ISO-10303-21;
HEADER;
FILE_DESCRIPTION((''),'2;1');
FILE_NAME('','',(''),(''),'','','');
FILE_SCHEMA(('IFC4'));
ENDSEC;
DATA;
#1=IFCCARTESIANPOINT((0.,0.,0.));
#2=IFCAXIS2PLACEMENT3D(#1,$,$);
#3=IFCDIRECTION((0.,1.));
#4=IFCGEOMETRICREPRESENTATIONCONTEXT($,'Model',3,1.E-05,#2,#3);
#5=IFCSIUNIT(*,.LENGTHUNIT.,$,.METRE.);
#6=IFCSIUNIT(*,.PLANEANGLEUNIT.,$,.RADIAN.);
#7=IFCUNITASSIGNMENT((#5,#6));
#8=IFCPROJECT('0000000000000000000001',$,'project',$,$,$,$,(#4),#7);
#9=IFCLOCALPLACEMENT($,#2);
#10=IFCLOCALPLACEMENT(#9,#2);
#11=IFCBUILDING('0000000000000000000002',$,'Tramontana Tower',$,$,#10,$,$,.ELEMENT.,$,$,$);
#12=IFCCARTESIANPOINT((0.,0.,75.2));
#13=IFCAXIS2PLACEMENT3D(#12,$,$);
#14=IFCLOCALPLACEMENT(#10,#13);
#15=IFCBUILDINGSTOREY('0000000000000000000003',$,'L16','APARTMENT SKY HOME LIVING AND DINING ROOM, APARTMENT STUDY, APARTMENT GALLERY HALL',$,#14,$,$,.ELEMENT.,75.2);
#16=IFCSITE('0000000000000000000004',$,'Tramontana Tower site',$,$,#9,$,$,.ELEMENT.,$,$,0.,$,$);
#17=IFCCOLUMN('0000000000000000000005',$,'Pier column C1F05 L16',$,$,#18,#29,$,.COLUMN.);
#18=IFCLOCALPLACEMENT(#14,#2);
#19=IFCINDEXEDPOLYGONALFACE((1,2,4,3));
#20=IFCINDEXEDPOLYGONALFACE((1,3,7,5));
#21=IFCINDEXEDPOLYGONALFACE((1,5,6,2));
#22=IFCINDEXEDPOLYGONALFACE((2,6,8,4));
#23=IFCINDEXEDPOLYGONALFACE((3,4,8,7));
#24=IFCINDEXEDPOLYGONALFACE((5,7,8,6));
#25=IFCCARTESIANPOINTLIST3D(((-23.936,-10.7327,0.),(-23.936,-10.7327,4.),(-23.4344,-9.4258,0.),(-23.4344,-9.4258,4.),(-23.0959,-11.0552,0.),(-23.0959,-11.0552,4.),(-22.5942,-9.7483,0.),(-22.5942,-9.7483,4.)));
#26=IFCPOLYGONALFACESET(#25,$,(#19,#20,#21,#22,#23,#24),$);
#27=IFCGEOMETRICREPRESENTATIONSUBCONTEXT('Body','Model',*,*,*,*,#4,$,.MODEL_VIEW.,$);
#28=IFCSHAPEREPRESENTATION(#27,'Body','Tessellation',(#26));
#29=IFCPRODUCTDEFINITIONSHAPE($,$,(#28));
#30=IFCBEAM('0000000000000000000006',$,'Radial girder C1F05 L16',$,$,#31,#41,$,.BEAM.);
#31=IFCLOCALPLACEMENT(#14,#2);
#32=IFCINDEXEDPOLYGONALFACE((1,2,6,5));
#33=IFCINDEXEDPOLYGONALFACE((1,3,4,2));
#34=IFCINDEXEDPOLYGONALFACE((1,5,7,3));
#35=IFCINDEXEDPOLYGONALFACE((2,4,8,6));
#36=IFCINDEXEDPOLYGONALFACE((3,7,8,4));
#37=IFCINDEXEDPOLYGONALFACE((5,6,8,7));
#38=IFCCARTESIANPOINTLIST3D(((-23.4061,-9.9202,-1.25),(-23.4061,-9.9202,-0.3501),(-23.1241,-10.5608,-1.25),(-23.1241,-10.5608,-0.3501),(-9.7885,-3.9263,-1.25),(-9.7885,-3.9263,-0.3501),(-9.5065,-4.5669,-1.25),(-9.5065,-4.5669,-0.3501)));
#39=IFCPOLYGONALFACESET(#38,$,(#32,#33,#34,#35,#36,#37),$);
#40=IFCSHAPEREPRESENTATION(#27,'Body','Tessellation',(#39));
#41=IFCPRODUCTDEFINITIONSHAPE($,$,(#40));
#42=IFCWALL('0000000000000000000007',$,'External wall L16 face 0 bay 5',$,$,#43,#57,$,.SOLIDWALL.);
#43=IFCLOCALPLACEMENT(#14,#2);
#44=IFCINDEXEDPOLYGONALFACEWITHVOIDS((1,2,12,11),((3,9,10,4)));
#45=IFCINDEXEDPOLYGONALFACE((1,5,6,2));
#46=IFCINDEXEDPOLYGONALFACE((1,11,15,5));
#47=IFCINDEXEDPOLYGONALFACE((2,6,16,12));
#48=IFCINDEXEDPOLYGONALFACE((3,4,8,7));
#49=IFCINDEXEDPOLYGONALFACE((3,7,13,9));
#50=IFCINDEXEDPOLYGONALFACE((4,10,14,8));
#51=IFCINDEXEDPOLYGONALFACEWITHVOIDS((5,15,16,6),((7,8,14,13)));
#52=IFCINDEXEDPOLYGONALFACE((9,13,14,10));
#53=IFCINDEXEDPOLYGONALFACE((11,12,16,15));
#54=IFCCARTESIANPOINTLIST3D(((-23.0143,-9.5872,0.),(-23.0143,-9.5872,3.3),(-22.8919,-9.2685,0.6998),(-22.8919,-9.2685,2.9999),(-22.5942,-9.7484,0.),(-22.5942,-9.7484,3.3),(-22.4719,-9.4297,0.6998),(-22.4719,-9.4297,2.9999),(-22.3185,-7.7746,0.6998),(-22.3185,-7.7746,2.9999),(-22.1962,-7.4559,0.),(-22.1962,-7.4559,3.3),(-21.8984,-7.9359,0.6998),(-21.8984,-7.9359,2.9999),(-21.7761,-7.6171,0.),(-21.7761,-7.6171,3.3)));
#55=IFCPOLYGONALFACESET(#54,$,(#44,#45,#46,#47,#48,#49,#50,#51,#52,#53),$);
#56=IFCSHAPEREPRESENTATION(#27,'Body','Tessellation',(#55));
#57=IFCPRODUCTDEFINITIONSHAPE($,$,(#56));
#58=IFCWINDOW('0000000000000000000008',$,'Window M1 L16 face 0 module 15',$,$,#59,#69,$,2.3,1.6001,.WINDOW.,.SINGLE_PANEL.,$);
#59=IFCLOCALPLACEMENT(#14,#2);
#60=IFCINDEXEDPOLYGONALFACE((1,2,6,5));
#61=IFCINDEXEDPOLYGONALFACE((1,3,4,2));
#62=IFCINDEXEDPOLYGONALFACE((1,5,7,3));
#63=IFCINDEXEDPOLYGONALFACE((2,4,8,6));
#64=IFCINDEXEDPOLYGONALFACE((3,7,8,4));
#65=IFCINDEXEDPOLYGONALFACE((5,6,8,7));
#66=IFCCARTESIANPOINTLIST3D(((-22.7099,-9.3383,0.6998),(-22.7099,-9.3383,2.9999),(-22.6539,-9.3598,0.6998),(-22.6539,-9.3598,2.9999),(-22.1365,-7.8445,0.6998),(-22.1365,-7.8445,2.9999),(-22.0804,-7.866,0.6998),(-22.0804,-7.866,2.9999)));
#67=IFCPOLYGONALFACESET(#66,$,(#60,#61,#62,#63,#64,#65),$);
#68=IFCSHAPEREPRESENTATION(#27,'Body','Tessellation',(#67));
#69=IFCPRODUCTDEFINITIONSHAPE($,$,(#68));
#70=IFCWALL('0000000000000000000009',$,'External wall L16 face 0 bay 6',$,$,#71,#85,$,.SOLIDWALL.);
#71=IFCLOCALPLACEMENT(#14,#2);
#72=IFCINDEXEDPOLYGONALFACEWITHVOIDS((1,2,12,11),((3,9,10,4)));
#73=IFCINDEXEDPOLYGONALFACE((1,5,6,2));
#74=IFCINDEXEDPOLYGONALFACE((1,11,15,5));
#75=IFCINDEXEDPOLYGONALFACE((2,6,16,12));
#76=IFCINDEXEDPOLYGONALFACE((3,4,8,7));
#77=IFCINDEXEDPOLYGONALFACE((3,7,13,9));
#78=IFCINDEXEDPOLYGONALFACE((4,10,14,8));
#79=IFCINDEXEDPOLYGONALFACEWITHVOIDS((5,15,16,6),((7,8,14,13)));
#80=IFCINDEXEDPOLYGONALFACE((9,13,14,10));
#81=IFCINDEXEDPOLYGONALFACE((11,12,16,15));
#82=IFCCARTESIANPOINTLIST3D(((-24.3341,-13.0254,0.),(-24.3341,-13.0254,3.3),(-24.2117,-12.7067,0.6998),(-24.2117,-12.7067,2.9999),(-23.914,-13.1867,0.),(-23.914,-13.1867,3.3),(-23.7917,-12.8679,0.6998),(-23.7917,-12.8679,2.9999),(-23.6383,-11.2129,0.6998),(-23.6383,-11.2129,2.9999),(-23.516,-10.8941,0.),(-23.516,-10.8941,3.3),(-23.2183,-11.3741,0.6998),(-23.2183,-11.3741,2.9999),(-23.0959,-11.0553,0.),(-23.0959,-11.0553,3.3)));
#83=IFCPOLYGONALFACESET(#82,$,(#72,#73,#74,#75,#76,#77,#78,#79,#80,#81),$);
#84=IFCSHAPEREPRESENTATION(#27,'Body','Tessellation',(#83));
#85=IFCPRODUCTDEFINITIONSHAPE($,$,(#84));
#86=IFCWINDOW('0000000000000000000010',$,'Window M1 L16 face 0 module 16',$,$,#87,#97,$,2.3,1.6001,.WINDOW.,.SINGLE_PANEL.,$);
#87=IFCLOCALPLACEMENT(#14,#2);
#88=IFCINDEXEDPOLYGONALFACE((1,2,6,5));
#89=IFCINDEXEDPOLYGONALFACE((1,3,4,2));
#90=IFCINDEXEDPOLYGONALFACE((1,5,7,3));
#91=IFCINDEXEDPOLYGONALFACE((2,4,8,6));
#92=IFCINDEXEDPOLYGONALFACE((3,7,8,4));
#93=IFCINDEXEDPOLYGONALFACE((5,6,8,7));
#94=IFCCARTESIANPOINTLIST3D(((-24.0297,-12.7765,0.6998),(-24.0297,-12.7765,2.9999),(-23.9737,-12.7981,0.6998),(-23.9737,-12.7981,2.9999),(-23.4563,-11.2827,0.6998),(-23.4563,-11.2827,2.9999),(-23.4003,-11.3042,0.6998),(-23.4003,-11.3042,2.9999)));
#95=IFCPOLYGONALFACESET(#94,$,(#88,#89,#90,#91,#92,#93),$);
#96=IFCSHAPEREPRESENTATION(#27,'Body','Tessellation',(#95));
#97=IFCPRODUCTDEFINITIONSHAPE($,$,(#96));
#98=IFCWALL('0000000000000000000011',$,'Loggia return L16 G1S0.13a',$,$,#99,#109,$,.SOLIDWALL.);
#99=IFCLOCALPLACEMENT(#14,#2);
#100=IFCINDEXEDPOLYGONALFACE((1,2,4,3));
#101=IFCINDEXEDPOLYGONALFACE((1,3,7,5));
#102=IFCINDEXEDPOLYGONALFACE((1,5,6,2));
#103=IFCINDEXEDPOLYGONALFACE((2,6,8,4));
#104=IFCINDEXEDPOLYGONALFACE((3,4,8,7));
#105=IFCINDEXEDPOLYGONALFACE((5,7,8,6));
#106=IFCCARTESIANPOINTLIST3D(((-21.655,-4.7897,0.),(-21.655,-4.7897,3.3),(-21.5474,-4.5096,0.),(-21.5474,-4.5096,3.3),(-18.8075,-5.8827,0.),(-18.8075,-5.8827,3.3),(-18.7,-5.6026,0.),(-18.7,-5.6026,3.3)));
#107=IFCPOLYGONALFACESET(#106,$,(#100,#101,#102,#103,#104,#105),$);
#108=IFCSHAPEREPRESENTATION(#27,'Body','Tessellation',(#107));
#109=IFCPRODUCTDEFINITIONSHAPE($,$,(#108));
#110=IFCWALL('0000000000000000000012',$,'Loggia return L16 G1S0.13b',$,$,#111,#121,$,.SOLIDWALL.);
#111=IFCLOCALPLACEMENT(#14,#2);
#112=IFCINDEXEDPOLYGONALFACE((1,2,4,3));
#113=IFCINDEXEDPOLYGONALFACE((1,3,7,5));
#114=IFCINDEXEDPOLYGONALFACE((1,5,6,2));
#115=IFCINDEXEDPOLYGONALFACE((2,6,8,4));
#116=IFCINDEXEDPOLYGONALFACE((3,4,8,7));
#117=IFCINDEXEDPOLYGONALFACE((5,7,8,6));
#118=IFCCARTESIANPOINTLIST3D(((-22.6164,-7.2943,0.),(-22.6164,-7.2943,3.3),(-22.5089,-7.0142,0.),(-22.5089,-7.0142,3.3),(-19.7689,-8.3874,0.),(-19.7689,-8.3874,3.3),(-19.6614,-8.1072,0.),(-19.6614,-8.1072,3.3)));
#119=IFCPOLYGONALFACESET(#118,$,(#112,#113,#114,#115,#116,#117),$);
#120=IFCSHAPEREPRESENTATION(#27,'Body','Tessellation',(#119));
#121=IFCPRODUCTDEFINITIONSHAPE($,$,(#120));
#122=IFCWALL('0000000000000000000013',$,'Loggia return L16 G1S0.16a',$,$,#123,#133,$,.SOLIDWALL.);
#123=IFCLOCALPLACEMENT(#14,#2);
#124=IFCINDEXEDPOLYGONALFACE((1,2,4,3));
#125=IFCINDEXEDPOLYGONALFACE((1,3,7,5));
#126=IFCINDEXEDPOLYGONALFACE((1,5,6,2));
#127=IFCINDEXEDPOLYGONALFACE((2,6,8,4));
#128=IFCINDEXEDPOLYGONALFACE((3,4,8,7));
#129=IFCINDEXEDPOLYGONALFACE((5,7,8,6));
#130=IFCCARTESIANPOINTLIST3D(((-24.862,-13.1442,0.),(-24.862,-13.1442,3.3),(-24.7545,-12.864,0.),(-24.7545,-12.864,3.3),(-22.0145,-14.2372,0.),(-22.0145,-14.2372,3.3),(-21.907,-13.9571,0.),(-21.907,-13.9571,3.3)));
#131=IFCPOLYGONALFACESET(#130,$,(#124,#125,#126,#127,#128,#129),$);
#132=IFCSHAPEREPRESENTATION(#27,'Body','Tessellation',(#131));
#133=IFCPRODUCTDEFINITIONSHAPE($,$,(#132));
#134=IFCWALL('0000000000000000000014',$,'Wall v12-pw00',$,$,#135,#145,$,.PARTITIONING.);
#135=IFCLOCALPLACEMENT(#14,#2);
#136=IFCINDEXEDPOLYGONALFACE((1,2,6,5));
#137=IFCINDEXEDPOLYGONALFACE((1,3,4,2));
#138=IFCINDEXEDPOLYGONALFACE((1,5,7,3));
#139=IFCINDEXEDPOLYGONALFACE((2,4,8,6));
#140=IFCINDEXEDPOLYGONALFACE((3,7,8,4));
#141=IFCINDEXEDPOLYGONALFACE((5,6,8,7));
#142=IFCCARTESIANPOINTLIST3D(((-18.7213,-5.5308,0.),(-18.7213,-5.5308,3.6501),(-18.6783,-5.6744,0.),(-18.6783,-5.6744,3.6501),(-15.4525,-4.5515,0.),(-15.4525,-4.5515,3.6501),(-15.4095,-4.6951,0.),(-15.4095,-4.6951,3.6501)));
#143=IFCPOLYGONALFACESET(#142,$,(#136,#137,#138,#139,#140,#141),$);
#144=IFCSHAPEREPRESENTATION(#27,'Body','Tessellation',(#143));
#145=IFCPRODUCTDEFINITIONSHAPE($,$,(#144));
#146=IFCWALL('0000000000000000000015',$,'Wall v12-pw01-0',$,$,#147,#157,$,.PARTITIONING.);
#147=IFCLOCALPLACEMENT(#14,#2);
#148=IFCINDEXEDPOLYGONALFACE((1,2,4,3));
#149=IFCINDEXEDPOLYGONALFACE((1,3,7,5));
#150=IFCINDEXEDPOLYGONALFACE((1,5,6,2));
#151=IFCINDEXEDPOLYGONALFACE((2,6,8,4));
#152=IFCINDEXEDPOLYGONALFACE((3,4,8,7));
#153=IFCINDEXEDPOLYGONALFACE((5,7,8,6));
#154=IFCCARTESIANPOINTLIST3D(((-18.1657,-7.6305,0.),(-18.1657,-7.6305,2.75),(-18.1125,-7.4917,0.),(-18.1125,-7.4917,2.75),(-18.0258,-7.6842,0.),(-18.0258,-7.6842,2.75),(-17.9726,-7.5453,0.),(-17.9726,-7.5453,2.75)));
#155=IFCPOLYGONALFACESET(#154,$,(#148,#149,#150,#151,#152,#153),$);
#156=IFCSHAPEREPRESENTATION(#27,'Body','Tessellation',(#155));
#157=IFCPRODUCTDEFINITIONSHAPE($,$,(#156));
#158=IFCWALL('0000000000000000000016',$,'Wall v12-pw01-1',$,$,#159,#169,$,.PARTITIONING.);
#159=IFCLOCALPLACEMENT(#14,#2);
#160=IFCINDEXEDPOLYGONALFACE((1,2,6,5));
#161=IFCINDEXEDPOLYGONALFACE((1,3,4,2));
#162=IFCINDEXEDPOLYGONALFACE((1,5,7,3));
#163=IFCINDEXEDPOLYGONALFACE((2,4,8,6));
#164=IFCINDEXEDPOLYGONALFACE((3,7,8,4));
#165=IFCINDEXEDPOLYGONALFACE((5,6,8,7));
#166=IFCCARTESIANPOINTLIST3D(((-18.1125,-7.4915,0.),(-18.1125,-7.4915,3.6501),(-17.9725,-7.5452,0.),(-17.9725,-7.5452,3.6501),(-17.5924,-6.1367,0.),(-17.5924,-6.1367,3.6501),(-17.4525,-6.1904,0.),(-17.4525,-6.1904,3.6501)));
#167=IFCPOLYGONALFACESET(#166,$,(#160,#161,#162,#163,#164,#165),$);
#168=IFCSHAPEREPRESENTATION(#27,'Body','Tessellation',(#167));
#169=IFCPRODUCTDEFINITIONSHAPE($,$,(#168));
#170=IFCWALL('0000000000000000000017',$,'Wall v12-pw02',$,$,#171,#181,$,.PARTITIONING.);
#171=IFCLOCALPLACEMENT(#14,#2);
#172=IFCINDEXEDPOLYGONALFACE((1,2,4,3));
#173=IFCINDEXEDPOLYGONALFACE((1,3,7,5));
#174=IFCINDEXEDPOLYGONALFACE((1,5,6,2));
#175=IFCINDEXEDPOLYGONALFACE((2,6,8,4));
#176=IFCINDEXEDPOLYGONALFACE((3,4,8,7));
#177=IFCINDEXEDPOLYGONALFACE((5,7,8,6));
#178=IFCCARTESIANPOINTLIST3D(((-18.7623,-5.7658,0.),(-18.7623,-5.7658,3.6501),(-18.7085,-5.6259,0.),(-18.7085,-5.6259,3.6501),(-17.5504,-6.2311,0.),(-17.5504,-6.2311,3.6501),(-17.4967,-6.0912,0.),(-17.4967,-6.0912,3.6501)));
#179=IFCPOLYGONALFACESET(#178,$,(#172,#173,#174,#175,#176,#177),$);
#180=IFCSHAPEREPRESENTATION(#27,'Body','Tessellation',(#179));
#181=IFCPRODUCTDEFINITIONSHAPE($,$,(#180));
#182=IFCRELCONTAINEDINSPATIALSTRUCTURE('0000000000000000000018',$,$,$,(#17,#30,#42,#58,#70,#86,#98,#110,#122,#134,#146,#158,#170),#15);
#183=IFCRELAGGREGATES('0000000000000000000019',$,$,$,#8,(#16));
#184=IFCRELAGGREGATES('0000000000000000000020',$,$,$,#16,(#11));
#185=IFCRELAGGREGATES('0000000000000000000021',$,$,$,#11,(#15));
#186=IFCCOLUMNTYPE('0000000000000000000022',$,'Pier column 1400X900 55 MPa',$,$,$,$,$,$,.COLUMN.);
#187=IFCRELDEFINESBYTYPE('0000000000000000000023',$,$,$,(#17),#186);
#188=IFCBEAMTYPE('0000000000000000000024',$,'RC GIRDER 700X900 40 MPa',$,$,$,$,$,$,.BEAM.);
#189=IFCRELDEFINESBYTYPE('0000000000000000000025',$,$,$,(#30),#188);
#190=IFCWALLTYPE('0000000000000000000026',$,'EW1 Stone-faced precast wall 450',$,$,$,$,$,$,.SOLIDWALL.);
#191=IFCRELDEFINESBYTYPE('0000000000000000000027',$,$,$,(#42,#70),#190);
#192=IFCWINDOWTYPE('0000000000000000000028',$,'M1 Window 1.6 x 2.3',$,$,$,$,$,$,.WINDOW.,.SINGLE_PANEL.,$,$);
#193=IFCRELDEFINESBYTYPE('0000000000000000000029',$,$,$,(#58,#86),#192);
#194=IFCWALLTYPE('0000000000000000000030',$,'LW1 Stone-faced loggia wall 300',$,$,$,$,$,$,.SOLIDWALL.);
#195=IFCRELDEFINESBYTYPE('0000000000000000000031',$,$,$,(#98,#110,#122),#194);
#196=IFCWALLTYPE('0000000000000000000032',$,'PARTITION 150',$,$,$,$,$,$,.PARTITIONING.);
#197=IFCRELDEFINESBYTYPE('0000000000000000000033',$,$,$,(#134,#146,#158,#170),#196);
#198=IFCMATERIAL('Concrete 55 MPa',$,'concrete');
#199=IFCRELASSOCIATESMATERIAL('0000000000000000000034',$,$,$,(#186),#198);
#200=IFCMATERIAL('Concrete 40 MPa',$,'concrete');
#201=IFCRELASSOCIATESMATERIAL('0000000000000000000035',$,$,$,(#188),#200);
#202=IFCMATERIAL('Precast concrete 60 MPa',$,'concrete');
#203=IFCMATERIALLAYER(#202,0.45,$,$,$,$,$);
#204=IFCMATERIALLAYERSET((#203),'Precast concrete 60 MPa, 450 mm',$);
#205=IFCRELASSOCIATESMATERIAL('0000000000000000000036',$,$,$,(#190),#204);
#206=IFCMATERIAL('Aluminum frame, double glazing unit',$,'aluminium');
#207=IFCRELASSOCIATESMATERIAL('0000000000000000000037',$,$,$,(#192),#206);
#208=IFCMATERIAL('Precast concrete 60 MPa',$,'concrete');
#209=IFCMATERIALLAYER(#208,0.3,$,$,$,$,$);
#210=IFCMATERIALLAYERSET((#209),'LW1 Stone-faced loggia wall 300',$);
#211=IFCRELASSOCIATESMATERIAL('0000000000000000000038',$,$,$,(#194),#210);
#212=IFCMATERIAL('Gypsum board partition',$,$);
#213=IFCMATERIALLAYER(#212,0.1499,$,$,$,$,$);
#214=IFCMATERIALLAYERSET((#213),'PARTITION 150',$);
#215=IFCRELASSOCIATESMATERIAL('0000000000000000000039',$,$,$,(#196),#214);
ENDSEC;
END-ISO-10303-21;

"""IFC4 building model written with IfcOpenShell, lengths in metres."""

from ifc_helpers import new_model, si_unit, direction, frame, frame_2d, origin, origin_2d, place, context, subcontext, project, spatial, rectangle, extrude, material, layer, layer_set, material_profile, profile_set, type_object, element, fill, save


model = new_model("IFC4")

# Units and contexts
model_context = context("Model", 3, precision=1e-05, world=origin(), true_north=direction((0.0, 1.0)))
body_context = subcontext(model_context, "Body", "Model", "MODEL_VIEW")
ifc_project = project(units=[si_unit("LENGTHUNIT", "METRE"), si_unit("PLANEANGLEUNIT", "RADIAN")], contexts=[model_context])

# Site, building, storey
site_placement = place(None, origin())
site = spatial("IfcSite", under=ifc_project, at=site_placement, Name="Tramontana Tower site", CompositionType="ELEMENT", RefElevation=0.0)
building_placement = place(site_placement, origin())
building = spatial("IfcBuilding", under=site, at=building_placement, Name="Tramontana Tower", CompositionType="ELEMENT")
storey_placement = place(building_placement, frame((0.0, 0.0, 75.2)))
storey = spatial("IfcBuildingStorey", under=building, at=storey_placement, Name="L16", Description="APARTMENT SKY HOME LIVING AND DINING ROOM, APARTMENT STUDY, APARTMENT GALLERY HALL", CompositionType="ELEMENT", Elevation=75.2)

# Column
ifc_material_1 = material(Name="Concrete 55 MPa", Category="concrete")
ifc_material_profile_1 = material_profile(ifc_material_1, rectangle(XDim=1.3999, YDim=0.8999, at=origin_2d()), Name="Pier column 1400X900 55 MPa")
ifc_profile_set_1 = profile_set([ifc_material_profile_1], Name="Concrete 55 MPa")
column_type = type_object("IfcColumnType", Name="Pier column 1400X900 55 MPa", PredefinedType="COLUMN", material=ifc_profile_set_1)
column_placement = place(storey_placement, frame((-23.2651, -10.2405, 0.0), z_axis=(0.0, 0.0, 1.0), x_axis=(-0.358368, -0.93358, 0.0)))
element("IfcColumn", 1, at=column_placement, inside=storey, type_object=column_type, Name="Pier column C1F05 L16", PredefinedType="COLUMN", context=body_context, shape_type="SweptSolid", body=[
    extrude(rectangle(XDim=1.3999, YDim=0.8999, at=origin_2d()), origin(), (0.0, 0.0, 1.0), 4.0),
])

# Beam
ifc_material_2 = material(Name="Concrete 40 MPa", Category="concrete")
ifc_material_profile_2 = material_profile(ifc_material_2, rectangle(XDim=0.7, YDim=0.8999, at=origin_2d()), Name="RC GIRDER 700X900 40 MPa")
ifc_profile_set_2 = profile_set([ifc_material_profile_2], Name="Concrete 40 MPa")
beam_type = type_object("IfcBeamType", Name="RC GIRDER 700X900 40 MPa", PredefinedType="BEAM", material=ifc_profile_set_2)
beam_placement = place(storey_placement, frame((-23.2651, -10.2405, -0.8), z_axis=(0.915263, 0.402858, 0.0), x_axis=(-0.402858, 0.915263, 0.0)))
element("IfcBeam", 2, at=beam_placement, inside=storey, type_object=beam_type, Name="Radial girder C1F05 L16", PredefinedType="BEAM", context=body_context, shape_type="SweptSolid", body=[
    extrude(rectangle(XDim=0.7, YDim=0.8999, at=origin_2d()), origin(), (0.0, 0.0, 1.0), 14.8784),
])

# Walls, openings, windows
ifc_material_3 = material(Name="Precast concrete 60 MPa", Category="concrete")
ifc_layer_1 = layer(ifc_material_3, 0.45)
ifc_layer_set_1 = layer_set([ifc_layer_1], Name="Precast concrete 60 MPa, 450 mm")
wall_type_1 = type_object("IfcWallType", Name="EW1 Stone-faced precast wall 450", PredefinedType="SOLIDWALL", material=ifc_layer_set_1)
wall_1_placement = place(storey_placement, frame((-21.9861, -7.5364, 0.0), z_axis=(0.0, 0.0, 1.0), x_axis=(-0.358356, -0.933585, 0.0)))
wall_1 = element("IfcWall", 3, at=wall_1_placement, inside=storey, type_object=wall_type_1, Name="External wall L16 face 0 bay 5", PredefinedType="SOLIDWALL", context=body_context, shape_type="SweptSolid", body=[
    extrude(rectangle(XDim=2.283, YDim=0.45, at=frame_2d((1.1416, 0.0))), origin(), (0.0, 0.0, 1.0), 3.3),
])
opening_1_placement = place(wall_1_placement, frame((0.3416, 0.0, 0.7)))
opening_1 = element("IfcOpeningElement", 4, at=opening_1_placement, cuts=wall_1, PredefinedType="OPENING", context=body_context, shape_type="SweptSolid", body=[
    extrude(rectangle(XDim=1.6001, YDim=2.3, at=frame_2d((0.8, 1.1499))), frame((0.0, 0.2349, 0.0), z_axis=(0.0, -1.0, 0.0), x_axis=(1.0, 0.0, 0.0)), (0.0, 0.0, 1.0), 0.47),
])
ifc_material_4 = material(Name="Aluminum frame, double glazing unit", Category="aluminium")
window_type = type_object("IfcWindowType", Name="M1 Window 1.6 x 2.3", PartitioningType="SINGLE_PANEL", PredefinedType="WINDOW", material=ifc_material_4)
window_1_placement = place(opening_1_placement, origin())
window_1 = element("IfcWindow", 5, at=window_1_placement, inside=storey, type_object=window_type, Name="Window M1 L16 face 0 module 15", OverallHeight=2.3, OverallWidth=1.6001, PartitioningType="SINGLE_PANEL", PredefinedType="WINDOW", context=body_context, shape_type="SweptSolid", body=[
    extrude(rectangle(XDim=1.6001, YDim=2.3, at=frame_2d((0.8, 1.1499))), frame((0.0, 0.03, 0.0), z_axis=(0.0, -1.0, 0.0), x_axis=(1.0, 0.0, 0.0)), (0.0, 0.0, 1.0), 0.0601),
])
fill(opening_1, window_1)
wall_2_placement = place(storey_placement, frame((-23.3059, -10.9746, 0.0), z_axis=(0.0, 0.0, 1.0), x_axis=(-0.358356, -0.933585, 0.0)))
wall_2 = element("IfcWall", 6, at=wall_2_placement, inside=storey, type_object=wall_type_1, Name="External wall L16 face 0 bay 6", PredefinedType="SOLIDWALL", context=body_context, shape_type="SweptSolid", body=[
    extrude(rectangle(XDim=2.283, YDim=0.45, at=frame_2d((1.1416, 0.0))), origin(), (0.0, 0.0, 1.0), 3.3),
])
opening_2_placement = place(wall_2_placement, frame((0.3416, 0.0, 0.7)))
opening_2 = element("IfcOpeningElement", 7, at=opening_2_placement, cuts=wall_2, PredefinedType="OPENING", context=body_context, shape_type="SweptSolid", body=[
    extrude(rectangle(XDim=1.6001, YDim=2.3, at=frame_2d((0.8, 1.1499))), frame((0.0, 0.2349, 0.0), z_axis=(0.0, -1.0, 0.0), x_axis=(1.0, 0.0, 0.0)), (0.0, 0.0, 1.0), 0.47),
])
window_2_placement = place(opening_2_placement, origin())
window_2 = element("IfcWindow", 8, at=window_2_placement, inside=storey, type_object=window_type, Name="Window M1 L16 face 0 module 16", OverallHeight=2.3, OverallWidth=1.6001, PartitioningType="SINGLE_PANEL", PredefinedType="WINDOW", context=body_context, shape_type="SweptSolid", body=[
    extrude(rectangle(XDim=1.6001, YDim=2.3, at=frame_2d((0.8, 1.1499))), frame((0.0, 0.03, 0.0), z_axis=(0.0, -1.0, 0.0), x_axis=(1.0, 0.0, 0.0)), (0.0, 0.0, 1.0), 0.0601),
])
fill(opening_2, window_2)

# Shared definitions
ifc_material_5 = material(Name="Precast concrete 60 MPa", Category="concrete")
ifc_layer_2 = layer(ifc_material_5, 0.3)
ifc_layer_set_2 = layer_set([ifc_layer_2], Name="LW1 Stone-faced loggia wall 300")
wall_type_2 = type_object("IfcWallType", Name="LW1 Stone-faced loggia wall 300", PredefinedType="SOLIDWALL", material=ifc_layer_set_2)

# Walls
for number, where, z_axis, x_axis, name in (
    (9, (-21.6011, -4.6497, 0.0), (0.0, 0.0, 1.0), (0.933581, -0.358368, 0.0), "Loggia return L16 G1S0.13a"),
    (10, (-22.5625, -7.1543, 0.0), (0.0, 0.0, 1.0), (0.933581, -0.358368, 0.0), "Loggia return L16 G1S0.13b"),
):
    element("IfcWall", number, at=place(storey_placement, frame(where, z_axis=z_axis, x_axis=x_axis)), inside=storey, type_object=wall_type_2, Name=name, PredefinedType="SOLIDWALL", context=body_context, shape_type="SweptSolid", body=[
        extrude(rectangle(XDim=3.05, YDim=0.3, at=frame_2d((1.5249, 0.0))), origin(), (0.0, 0.0, 1.0), 3.3),
    ])

# Walls
wall_3_placement = place(storey_placement, frame((-24.8081, -13.0042, 0.0), z_axis=(0.0, 0.0, 1.0), x_axis=(0.933581, -0.358368, 0.0)))
element("IfcWall", 11, at=wall_3_placement, inside=storey, type_object=wall_type_2, Name="Loggia return L16 G1S0.16a", PredefinedType="SOLIDWALL", context=body_context, shape_type="SweptSolid", body=[
    extrude(rectangle(XDim=3.05, YDim=0.3, at=frame_2d((1.5249, 0.0))), origin(), (0.0, 0.0, 1.0), 3.3),
])
ifc_material_6 = material(Name="Gypsum board partition")
ifc_layer_3 = layer(ifc_material_6, 0.1499)
ifc_layer_set_3 = layer_set([ifc_layer_3], Name="PARTITION 150")
wall_type_3 = type_object("IfcWallType", Name="PARTITION 150", PredefinedType="PARTITIONING", material=ifc_layer_set_3)
wall_4_placement = place(storey_placement, frame((-18.6997, -5.6025, 0.0), z_axis=(0.0, 0.0, 1.0), x_axis=(0.957938, 0.286974, 0.0)))
element("IfcWall", 12, at=wall_4_placement, inside=storey, type_object=wall_type_3, Name="Wall v12-pw00", PredefinedType="PARTITIONING", context=body_context, shape_type="SweptSolid", body=[
    extrude(rectangle(XDim=3.4124, YDim=0.1499, at=frame_2d((1.7061, 0.0))), origin(), (0.0, 0.0, 1.0), 3.6501),
])
wall_5_placement = place(storey_placement, frame((-18.0957, -7.6572, 0.0), z_axis=(0.0, 0.0, 1.0), x_axis=(0.357769, 0.93381, 0.0)))
element("IfcWall", 13, at=wall_5_placement, inside=storey, type_object=wall_type_3, Name="Wall v12-pw01-0", PredefinedType="PARTITIONING", context=body_context, shape_type="SweptSolid", body=[
    extrude(rectangle(XDim=0.1487, YDim=0.1499, at=frame_2d((0.0742, 0.0))), origin(), (0.0, 0.0, 1.0), 2.75),
])
wall_6_placement = place(storey_placement, frame((-18.0425, -7.5183, 0.0), z_axis=(0.0, 0.0, 1.0), x_axis=(0.358359, 0.933584, 0.0)))
element("IfcWall", 14, at=wall_6_placement, inside=storey, type_object=wall_type_3, Name="Wall v12-pw01-1", PredefinedType="PARTITIONING", context=body_context, shape_type="SweptSolid", body=[
    extrude(rectangle(XDim=1.4512, YDim=0.1499, at=frame_2d((0.7256, 0.0))), origin(), (0.0, 0.0, 1.0), 3.6501),
])
wall_7_placement = place(storey_placement, frame((-17.5237, -6.1611, 0.0), z_axis=(0.0, 0.0, 1.0), x_axis=(-0.933549, 0.35845, 0.0)))
element("IfcWall", 15, at=wall_7_placement, inside=storey, type_object=wall_type_3, Name="Wall v12-pw02", PredefinedType="PARTITIONING", context=body_context, shape_type="SweptSolid", body=[
    extrude(rectangle(XDim=1.2981, YDim=0.1499, at=frame_2d((0.6489, 0.0))), origin(), (0.0, 0.0, 1.0), 3.6501),
])

save(model, "model.ifc")
